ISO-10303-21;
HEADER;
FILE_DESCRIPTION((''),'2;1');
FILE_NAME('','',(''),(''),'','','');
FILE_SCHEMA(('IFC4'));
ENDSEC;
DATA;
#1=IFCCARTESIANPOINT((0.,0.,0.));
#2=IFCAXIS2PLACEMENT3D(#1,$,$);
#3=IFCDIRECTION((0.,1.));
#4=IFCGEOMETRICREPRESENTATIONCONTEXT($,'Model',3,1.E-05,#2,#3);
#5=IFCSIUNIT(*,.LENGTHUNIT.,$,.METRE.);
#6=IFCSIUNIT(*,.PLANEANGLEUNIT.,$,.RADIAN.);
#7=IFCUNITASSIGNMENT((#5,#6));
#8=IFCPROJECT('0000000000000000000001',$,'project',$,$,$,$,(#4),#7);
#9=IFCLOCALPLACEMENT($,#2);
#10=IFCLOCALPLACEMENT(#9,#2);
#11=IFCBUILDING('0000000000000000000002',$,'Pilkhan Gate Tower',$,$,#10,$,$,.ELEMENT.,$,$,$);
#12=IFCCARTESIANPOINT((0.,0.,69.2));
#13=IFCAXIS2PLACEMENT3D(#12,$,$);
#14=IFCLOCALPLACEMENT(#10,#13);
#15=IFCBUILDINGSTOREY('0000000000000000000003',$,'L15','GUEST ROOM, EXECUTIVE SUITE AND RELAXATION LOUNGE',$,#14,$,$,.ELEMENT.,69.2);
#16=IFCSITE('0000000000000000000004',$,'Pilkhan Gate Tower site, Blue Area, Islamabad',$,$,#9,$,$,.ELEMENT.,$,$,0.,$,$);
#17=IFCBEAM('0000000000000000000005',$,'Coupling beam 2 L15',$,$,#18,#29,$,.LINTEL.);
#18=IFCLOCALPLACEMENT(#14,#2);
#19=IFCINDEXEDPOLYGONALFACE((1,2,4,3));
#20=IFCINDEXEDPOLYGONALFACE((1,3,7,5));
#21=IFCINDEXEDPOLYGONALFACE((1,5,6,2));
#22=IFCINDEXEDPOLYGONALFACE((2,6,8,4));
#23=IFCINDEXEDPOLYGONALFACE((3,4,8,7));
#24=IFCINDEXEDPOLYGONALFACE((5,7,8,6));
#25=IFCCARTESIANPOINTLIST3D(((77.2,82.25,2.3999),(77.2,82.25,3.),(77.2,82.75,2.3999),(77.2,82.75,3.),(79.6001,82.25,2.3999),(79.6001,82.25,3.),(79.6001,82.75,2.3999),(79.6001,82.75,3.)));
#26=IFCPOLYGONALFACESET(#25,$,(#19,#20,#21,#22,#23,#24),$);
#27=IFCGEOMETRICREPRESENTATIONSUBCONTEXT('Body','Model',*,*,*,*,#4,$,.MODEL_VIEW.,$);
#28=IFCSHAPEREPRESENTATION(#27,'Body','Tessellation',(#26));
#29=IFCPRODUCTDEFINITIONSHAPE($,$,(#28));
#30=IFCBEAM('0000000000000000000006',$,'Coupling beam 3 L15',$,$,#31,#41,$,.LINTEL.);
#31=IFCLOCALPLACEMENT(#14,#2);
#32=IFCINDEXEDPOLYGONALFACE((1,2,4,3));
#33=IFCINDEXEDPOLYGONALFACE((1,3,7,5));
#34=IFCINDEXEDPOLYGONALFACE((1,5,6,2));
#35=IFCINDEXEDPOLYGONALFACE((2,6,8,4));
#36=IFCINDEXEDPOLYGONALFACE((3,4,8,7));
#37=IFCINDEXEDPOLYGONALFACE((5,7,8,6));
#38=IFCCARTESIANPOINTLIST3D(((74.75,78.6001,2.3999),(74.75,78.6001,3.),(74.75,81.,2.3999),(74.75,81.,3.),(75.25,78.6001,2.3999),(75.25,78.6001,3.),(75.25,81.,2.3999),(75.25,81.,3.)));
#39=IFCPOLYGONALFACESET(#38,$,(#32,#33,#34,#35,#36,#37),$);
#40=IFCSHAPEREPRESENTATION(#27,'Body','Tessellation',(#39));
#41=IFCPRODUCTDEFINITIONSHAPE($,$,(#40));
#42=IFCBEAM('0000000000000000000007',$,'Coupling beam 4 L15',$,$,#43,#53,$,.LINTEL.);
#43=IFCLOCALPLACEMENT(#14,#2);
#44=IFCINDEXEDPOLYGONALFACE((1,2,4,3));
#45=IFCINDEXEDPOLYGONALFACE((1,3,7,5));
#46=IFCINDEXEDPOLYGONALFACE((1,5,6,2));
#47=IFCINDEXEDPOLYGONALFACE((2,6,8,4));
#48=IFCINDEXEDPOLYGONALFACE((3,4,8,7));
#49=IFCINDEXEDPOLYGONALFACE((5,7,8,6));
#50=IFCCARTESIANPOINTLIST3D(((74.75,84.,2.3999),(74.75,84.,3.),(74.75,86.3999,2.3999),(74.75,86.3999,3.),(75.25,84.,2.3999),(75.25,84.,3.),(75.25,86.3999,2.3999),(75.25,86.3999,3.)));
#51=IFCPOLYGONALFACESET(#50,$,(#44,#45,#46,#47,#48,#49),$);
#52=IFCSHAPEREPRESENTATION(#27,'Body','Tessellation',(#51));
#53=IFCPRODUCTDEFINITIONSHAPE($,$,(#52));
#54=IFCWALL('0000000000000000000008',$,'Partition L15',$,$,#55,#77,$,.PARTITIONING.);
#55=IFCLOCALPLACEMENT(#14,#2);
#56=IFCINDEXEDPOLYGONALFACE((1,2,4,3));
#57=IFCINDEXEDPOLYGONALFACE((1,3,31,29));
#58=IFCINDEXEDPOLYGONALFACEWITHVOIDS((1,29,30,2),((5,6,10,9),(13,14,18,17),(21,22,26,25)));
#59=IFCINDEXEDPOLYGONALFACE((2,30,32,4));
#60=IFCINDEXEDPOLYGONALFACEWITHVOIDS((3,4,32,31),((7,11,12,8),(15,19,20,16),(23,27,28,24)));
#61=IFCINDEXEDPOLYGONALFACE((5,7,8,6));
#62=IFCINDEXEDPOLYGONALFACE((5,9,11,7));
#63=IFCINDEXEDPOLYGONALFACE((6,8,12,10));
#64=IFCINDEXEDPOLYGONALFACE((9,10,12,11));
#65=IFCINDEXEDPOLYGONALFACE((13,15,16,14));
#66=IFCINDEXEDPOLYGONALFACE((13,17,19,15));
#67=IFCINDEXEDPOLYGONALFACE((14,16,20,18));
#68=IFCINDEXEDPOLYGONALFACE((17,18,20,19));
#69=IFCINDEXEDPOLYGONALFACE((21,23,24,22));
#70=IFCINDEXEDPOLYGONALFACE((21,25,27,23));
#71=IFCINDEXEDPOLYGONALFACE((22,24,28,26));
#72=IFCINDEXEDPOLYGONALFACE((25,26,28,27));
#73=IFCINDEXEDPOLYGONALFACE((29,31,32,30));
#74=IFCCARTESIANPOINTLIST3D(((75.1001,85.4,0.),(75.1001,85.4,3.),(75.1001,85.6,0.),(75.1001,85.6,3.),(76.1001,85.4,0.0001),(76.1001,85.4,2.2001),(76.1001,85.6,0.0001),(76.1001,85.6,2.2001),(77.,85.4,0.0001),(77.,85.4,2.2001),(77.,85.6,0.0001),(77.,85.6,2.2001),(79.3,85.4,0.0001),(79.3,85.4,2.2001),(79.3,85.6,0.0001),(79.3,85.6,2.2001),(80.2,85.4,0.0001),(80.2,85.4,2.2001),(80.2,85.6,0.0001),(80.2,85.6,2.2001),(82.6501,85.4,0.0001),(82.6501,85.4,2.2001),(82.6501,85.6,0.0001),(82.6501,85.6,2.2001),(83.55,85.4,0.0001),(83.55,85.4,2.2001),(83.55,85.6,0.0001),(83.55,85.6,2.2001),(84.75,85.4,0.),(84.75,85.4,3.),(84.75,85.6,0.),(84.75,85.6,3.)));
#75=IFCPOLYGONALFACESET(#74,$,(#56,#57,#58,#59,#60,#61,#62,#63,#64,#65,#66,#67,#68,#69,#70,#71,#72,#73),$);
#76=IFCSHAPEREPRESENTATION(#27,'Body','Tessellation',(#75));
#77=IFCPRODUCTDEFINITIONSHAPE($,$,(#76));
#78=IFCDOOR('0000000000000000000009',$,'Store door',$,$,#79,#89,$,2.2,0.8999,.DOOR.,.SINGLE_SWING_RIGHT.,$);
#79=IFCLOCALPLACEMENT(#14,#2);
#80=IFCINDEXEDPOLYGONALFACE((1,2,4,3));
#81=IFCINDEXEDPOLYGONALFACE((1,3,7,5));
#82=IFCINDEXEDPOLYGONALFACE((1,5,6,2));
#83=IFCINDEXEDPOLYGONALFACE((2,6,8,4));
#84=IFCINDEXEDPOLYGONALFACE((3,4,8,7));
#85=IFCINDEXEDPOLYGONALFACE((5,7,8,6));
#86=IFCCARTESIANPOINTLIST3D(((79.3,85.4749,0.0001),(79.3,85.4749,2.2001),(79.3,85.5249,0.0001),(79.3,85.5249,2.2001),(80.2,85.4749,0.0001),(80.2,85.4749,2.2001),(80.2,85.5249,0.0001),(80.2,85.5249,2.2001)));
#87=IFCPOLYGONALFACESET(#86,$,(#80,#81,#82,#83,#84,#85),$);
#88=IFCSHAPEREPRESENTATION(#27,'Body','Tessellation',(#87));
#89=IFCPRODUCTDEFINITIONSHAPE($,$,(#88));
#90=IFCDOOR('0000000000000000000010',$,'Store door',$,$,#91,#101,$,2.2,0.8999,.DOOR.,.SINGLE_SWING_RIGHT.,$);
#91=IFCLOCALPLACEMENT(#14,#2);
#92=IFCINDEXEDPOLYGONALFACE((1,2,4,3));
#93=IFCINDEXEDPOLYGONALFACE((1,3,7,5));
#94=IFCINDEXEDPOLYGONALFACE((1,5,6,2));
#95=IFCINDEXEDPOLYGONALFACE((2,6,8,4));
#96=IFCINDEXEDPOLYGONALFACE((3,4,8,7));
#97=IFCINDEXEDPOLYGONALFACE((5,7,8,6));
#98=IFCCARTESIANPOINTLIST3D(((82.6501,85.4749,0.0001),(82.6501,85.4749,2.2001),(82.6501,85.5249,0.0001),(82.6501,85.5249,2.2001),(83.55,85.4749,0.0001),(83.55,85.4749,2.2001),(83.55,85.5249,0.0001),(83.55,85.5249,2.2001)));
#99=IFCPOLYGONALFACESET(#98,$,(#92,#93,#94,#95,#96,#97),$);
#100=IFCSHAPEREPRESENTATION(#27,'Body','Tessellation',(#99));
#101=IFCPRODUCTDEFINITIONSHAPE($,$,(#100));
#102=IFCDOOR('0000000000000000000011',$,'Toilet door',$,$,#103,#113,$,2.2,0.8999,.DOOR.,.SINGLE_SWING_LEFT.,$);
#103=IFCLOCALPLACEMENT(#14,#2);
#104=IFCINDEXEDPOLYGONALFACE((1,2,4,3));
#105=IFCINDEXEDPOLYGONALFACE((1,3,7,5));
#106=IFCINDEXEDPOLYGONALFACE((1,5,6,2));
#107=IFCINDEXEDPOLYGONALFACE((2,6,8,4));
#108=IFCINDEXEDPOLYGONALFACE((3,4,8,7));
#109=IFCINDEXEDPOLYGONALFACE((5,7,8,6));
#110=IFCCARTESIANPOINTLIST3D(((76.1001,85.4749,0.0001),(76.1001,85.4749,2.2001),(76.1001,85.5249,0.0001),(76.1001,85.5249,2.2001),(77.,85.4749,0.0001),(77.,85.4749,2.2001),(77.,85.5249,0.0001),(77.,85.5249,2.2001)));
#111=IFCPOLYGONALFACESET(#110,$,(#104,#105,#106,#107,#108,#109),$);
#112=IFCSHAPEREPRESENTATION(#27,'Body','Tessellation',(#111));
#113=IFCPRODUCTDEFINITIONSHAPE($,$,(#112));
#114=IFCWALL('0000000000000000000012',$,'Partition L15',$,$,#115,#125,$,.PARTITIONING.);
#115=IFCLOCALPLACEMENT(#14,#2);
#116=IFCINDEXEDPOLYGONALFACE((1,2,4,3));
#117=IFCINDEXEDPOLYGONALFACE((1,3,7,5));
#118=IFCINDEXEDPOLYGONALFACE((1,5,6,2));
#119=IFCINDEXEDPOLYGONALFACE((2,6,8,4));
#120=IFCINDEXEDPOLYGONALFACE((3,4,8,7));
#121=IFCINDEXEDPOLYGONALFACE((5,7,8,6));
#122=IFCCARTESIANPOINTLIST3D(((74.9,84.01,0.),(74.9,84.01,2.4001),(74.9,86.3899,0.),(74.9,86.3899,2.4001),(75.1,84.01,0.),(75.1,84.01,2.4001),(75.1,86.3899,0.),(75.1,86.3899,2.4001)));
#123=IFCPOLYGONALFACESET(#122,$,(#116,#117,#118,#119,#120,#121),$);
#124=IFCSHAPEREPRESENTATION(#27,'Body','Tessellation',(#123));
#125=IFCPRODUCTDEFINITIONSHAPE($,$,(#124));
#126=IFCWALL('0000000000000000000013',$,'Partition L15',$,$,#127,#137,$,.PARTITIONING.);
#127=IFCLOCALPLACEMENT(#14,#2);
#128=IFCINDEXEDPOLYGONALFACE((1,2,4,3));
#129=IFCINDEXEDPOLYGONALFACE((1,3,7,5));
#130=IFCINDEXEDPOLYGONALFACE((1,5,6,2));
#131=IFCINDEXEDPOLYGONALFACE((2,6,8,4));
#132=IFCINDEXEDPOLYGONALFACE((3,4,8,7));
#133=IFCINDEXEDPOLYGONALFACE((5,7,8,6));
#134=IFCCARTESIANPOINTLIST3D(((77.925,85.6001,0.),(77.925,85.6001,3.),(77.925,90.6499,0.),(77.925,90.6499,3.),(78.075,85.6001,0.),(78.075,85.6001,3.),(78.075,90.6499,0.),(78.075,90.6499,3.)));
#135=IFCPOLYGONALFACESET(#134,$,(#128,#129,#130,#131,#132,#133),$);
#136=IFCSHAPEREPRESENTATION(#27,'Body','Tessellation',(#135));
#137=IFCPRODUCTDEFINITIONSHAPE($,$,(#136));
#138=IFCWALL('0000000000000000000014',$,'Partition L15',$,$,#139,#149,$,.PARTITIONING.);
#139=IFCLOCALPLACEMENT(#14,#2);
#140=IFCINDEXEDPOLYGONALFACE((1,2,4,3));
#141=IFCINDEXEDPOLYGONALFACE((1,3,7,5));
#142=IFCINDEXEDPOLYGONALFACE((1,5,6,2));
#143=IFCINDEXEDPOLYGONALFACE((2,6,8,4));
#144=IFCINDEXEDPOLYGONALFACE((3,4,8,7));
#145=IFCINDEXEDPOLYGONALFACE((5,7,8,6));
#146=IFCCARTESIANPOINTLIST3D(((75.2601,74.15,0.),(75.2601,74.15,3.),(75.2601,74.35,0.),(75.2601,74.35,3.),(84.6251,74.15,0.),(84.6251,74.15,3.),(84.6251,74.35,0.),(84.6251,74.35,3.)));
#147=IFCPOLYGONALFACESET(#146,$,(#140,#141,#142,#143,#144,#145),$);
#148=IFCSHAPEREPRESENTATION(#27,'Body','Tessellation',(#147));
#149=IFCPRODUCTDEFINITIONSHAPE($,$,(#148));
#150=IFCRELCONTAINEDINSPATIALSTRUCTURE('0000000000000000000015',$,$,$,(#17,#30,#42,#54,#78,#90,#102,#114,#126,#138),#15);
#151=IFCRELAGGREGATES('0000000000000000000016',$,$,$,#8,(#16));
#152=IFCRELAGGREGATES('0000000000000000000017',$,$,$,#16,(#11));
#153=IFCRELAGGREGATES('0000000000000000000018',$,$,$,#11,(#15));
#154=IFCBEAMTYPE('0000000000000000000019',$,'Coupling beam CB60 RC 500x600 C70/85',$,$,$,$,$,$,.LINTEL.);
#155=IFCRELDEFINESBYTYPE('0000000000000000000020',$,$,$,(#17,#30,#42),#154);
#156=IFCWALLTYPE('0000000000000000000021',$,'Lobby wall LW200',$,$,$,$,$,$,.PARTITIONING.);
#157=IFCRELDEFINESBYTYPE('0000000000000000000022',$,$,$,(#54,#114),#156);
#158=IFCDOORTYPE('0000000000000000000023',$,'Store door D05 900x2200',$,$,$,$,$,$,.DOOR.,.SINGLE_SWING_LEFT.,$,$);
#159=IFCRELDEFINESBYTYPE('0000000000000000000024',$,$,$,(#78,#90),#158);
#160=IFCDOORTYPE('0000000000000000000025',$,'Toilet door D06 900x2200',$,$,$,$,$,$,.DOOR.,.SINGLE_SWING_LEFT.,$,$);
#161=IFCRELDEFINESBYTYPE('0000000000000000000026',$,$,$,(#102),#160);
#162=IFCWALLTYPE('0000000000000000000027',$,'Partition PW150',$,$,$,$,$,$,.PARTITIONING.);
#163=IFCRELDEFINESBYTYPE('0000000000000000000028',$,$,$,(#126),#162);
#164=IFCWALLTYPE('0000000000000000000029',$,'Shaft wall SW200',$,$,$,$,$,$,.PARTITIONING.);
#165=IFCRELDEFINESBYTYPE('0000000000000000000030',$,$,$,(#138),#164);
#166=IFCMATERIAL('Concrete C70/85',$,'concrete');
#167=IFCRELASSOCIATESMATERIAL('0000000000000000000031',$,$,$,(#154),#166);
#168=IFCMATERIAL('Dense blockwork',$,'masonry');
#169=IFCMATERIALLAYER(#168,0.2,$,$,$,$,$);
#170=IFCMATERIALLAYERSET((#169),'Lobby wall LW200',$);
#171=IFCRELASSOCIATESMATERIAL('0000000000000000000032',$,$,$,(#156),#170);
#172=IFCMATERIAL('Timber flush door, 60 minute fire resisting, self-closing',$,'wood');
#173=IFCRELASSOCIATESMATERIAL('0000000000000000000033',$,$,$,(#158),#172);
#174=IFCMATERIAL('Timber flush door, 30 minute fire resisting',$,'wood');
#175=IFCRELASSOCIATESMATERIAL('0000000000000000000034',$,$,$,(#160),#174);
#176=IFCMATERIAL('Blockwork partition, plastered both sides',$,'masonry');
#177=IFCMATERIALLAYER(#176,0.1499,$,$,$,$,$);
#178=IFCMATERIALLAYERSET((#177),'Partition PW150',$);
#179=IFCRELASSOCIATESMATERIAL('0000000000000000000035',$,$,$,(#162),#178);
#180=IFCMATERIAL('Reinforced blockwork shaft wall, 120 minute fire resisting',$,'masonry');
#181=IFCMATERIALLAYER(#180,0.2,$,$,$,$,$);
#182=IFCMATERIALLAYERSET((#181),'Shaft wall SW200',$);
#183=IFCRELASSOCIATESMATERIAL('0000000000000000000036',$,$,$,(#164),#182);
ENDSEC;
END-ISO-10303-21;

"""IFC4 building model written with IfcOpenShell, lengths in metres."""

from ifc_helpers import new_model, si_unit, direction, frame, frame_2d, origin, origin_2d, place, context, subcontext, project, spatial, rectangle, extrude, material, layer, layer_set, material_profile, profile_set, type_object, element, fill, save


model = new_model("IFC4")

# Units and contexts
model_context = context("Model", 3, precision=1e-05, world=origin(), true_north=direction((0.0, 1.0)))
body_context = subcontext(model_context, "Body", "Model", "MODEL_VIEW")
ifc_project = project(units=[si_unit("LENGTHUNIT", "METRE"), si_unit("PLANEANGLEUNIT", "RADIAN")], contexts=[model_context])

# Site, building, storey
site_placement = place(None, origin())
site = spatial("IfcSite", under=ifc_project, at=site_placement, Name="Pilkhan Gate Tower site, Blue Area, Islamabad", CompositionType="ELEMENT", RefElevation=0.0)
building_placement = place(site_placement, origin())
building = spatial("IfcBuilding", under=site, at=building_placement, Name="Pilkhan Gate Tower", CompositionType="ELEMENT")
storey_placement = place(building_placement, frame((0.0, 0.0, 69.2)))
storey = spatial("IfcBuildingStorey", under=building, at=storey_placement, Name="L15", Description="GUEST ROOM, EXECUTIVE SUITE AND RELAXATION LOUNGE", CompositionType="ELEMENT", Elevation=69.2)

# Beams
ifc_material_1 = material(Name="Concrete C70/85", Category="concrete")
ifc_material_profile = material_profile(ifc_material_1, rectangle(XDim=0.5, YDim=0.6001, at=origin_2d()), Name="RC 500x600")
ifc_profile_set = profile_set([ifc_material_profile], Name="Concrete C70/85")
beam_type = type_object("IfcBeamType", Name="Coupling beam CB60 RC 500x600 C70/85", PredefinedType="LINTEL", material=ifc_profile_set)
beam_placement = place(storey_placement, frame((77.2, 82.5, 2.7), z_axis=(1.0, 0.0, 0.0), x_axis=(0.0, 1.0, 0.0)))
element("IfcBeam", 1, at=beam_placement, inside=storey, type_object=beam_type, Name="Coupling beam 2 L15", PredefinedType="LINTEL", context=body_context, shape_type="SweptSolid", body=[
    extrude(rectangle(XDim=0.5, YDim=0.6001, at=origin_2d()), origin(), (0.0, 0.0, 1.0), 2.4001),
])
for number, where, z_axis, x_axis, name in (
    (2, (75.0, 78.6001, 2.7), (0.0, 1.0, 0.0), (-1.0, 0.0, 0.0), "Coupling beam 3 L15"),
    (3, (75.0, 84.0, 2.7), (0.0, 1.0, 0.0), (-1.0, 0.0, 0.0), "Coupling beam 4 L15"),
):
    element("IfcBeam", number, at=place(storey_placement, frame(where, z_axis=z_axis, x_axis=x_axis)), inside=storey, type_object=beam_type, Name=name, PredefinedType="LINTEL", context=body_context, shape_type="SweptSolid", body=[
        extrude(rectangle(XDim=0.5, YDim=0.6001, at=origin_2d()), origin(), (0.0, 0.0, 1.0), 2.3999),
    ])

# Wall, openings, doors
ifc_material_2 = material(Name="Dense blockwork", Category="masonry")
ifc_layer_1 = layer(ifc_material_2, 0.2)
ifc_layer_set_1 = layer_set([ifc_layer_1], Name="Lobby wall LW200")
wall_type_1 = type_object("IfcWallType", Name="Lobby wall LW200", PredefinedType="PARTITIONING", material=ifc_layer_set_1)
wall_1_placement = place(storey_placement, frame((75.1001, 85.5, 0.0), z_axis=(0.0, 0.0, 1.0), x_axis=(1.0, 0.0, 0.0)))
wall_1 = element("IfcWall", 4, at=wall_1_placement, inside=storey, type_object=wall_type_1, Name="Partition L15", PredefinedType="PARTITIONING", context=body_context, shape_type="SweptSolid", body=[
    extrude(rectangle(XDim=9.6499, YDim=0.2, at=frame_2d((4.825, 0.0))), origin(), (0.0, 0.0, 1.0), 3.0),
])
opening_1_placement = place(wall_1_placement, frame((1.0, 0.0, 0.0)))
opening_1 = element("IfcOpeningElement", 5, at=opening_1_placement, cuts=wall_1, PredefinedType="OPENING", context=body_context, shape_type="SweptSolid", body=[
    extrude(rectangle(XDim=0.8999, YDim=2.2, at=frame_2d((0.45, 1.1001))), frame((0.0, 0.1099, 0.0), z_axis=(0.0, -1.0, 0.0), x_axis=(1.0, 0.0, 0.0)), (0.0, 0.0, 1.0), 0.22),
])
opening_2_placement = place(wall_1_placement, frame((4.2, 0.0, 0.0)))
opening_2 = element("IfcOpeningElement", 6, at=opening_2_placement, cuts=wall_1, PredefinedType="OPENING", context=body_context, shape_type="SweptSolid", body=[
    extrude(rectangle(XDim=0.8999, YDim=2.2, at=frame_2d((0.45, 1.1001))), frame((0.0, 0.1099, 0.0), z_axis=(0.0, -1.0, 0.0), x_axis=(1.0, 0.0, 0.0)), (0.0, 0.0, 1.0), 0.22),
])
opening_3_placement = place(wall_1_placement, frame((7.55, 0.0, 0.0)))
opening_3 = element("IfcOpeningElement", 7, at=opening_3_placement, cuts=wall_1, PredefinedType="OPENING", context=body_context, shape_type="SweptSolid", body=[
    extrude(rectangle(XDim=0.8999, YDim=2.2, at=frame_2d((0.45, 1.1001))), frame((0.0, 0.1099, 0.0), z_axis=(0.0, -1.0, 0.0), x_axis=(1.0, 0.0, 0.0)), (0.0, 0.0, 1.0), 0.22),
])
ifc_material_3 = material(Name="Timber flush door, 60 minute fire resisting, self-closing", Category="wood")
door_type_1 = type_object("IfcDoorType", Name="Store door D05 900x2200", OperationType="SINGLE_SWING_LEFT", PredefinedType="DOOR", material=ifc_material_3)
door_1_placement = place(opening_2_placement, origin())
door_1 = element("IfcDoor", 8, at=door_1_placement, inside=storey, type_object=door_type_1, Name="Store door", OperationType="SINGLE_SWING_RIGHT", OverallHeight=2.2, OverallWidth=0.8999, PredefinedType="DOOR", context=body_context, shape_type="SweptSolid", body=[
    extrude(rectangle(XDim=0.8999, YDim=2.2, at=frame_2d((0.45, 1.1001))), frame((0.0, 0.0249, 0.0), z_axis=(0.0, -1.0, 0.0), x_axis=(1.0, 0.0, 0.0)), (0.0, 0.0, 1.0), 0.05),
])
fill(opening_2, door_1)
door_2_placement = place(opening_3_placement, origin())
door_2 = element("IfcDoor", 9, at=door_2_placement, inside=storey, type_object=door_type_1, Name="Store door", OperationType="SINGLE_SWING_RIGHT", OverallHeight=2.2, OverallWidth=0.8999, PredefinedType="DOOR", context=body_context, shape_type="SweptSolid", body=[
    extrude(rectangle(XDim=0.8999, YDim=2.2, at=frame_2d((0.45, 1.1001))), frame((0.0, 0.0249, 0.0), z_axis=(0.0, -1.0, 0.0), x_axis=(1.0, 0.0, 0.0)), (0.0, 0.0, 1.0), 0.05),
])
fill(opening_3, door_2)
ifc_material_4 = material(Name="Timber flush door, 30 minute fire resisting", Category="wood")
door_type_2 = type_object("IfcDoorType", Name="Toilet door D06 900x2200", OperationType="SINGLE_SWING_LEFT", PredefinedType="DOOR", material=ifc_material_4)
door_3_placement = place(opening_1_placement, origin())
door_3 = element("IfcDoor", 10, at=door_3_placement, inside=storey, type_object=door_type_2, Name="Toilet door", OperationType="SINGLE_SWING_LEFT", OverallHeight=2.2, OverallWidth=0.8999, PredefinedType="DOOR", context=body_context, shape_type="SweptSolid", body=[
    extrude(rectangle(XDim=0.8999, YDim=2.2, at=frame_2d((0.45, 1.1001))), frame((0.0, 0.0249, 0.0), z_axis=(0.0, -1.0, 0.0), x_axis=(1.0, 0.0, 0.0)), (0.0, 0.0, 1.0), 0.05),
])
fill(opening_1, door_3)

# Walls
wall_2_placement = place(storey_placement, frame((75.0, 84.01, 0.0), z_axis=(0.0, 0.0, 1.0), x_axis=(0.0, 1.0, 0.0)))
element("IfcWall", 11, at=wall_2_placement, inside=storey, type_object=wall_type_1, Name="Partition L15", PredefinedType="PARTITIONING", context=body_context, shape_type="SweptSolid", body=[
    extrude(rectangle(XDim=2.3799, YDim=0.2, at=frame_2d((1.1899, 0.0))), origin(), (0.0, 0.0, 1.0), 2.4001),
])
ifc_material_5 = material(Name="Blockwork partition, plastered both sides", Category="masonry")
ifc_layer_2 = layer(ifc_material_5, 0.1499)
ifc_layer_set_2 = layer_set([ifc_layer_2], Name="Partition PW150")
wall_type_2 = type_object("IfcWallType", Name="Partition PW150", PredefinedType="PARTITIONING", material=ifc_layer_set_2)
wall_3_placement = place(storey_placement, frame((78.0, 85.6001, 0.0), z_axis=(0.0, 0.0, 1.0), x_axis=(0.0, 1.0, 0.0)))
element("IfcWall", 12, at=wall_3_placement, inside=storey, type_object=wall_type_2, Name="Partition L15", PredefinedType="PARTITIONING", context=body_context, shape_type="SweptSolid", body=[
    extrude(rectangle(XDim=5.0498, YDim=0.1499, at=frame_2d((2.5249, 0.0))), origin(), (0.0, 0.0, 1.0), 3.0),
])
ifc_material_6 = material(Name="Reinforced blockwork shaft wall, 120 minute fire resisting", Category="masonry")
ifc_layer_3 = layer(ifc_material_6, 0.2)
ifc_layer_set_3 = layer_set([ifc_layer_3], Name="Shaft wall SW200")
wall_type_3 = type_object("IfcWallType", Name="Shaft wall SW200", PredefinedType="PARTITIONING", material=ifc_layer_set_3)
wall_4_placement = place(storey_placement, frame((75.26, 74.25, 0.0), z_axis=(0.0, 0.0, 1.0), x_axis=(1.0, 0.0, 0.0)))
element("IfcWall", 13, at=wall_4_placement, inside=storey, type_object=wall_type_3, Name="Partition L15", PredefinedType="PARTITIONING", context=body_context, shape_type="SweptSolid", body=[
    extrude(rectangle(XDim=9.365, YDim=0.2, at=frame_2d((4.6826, 0.0))), origin(), (0.0, 0.0, 1.0), 3.0),
])

save(model, "model.ifc")
